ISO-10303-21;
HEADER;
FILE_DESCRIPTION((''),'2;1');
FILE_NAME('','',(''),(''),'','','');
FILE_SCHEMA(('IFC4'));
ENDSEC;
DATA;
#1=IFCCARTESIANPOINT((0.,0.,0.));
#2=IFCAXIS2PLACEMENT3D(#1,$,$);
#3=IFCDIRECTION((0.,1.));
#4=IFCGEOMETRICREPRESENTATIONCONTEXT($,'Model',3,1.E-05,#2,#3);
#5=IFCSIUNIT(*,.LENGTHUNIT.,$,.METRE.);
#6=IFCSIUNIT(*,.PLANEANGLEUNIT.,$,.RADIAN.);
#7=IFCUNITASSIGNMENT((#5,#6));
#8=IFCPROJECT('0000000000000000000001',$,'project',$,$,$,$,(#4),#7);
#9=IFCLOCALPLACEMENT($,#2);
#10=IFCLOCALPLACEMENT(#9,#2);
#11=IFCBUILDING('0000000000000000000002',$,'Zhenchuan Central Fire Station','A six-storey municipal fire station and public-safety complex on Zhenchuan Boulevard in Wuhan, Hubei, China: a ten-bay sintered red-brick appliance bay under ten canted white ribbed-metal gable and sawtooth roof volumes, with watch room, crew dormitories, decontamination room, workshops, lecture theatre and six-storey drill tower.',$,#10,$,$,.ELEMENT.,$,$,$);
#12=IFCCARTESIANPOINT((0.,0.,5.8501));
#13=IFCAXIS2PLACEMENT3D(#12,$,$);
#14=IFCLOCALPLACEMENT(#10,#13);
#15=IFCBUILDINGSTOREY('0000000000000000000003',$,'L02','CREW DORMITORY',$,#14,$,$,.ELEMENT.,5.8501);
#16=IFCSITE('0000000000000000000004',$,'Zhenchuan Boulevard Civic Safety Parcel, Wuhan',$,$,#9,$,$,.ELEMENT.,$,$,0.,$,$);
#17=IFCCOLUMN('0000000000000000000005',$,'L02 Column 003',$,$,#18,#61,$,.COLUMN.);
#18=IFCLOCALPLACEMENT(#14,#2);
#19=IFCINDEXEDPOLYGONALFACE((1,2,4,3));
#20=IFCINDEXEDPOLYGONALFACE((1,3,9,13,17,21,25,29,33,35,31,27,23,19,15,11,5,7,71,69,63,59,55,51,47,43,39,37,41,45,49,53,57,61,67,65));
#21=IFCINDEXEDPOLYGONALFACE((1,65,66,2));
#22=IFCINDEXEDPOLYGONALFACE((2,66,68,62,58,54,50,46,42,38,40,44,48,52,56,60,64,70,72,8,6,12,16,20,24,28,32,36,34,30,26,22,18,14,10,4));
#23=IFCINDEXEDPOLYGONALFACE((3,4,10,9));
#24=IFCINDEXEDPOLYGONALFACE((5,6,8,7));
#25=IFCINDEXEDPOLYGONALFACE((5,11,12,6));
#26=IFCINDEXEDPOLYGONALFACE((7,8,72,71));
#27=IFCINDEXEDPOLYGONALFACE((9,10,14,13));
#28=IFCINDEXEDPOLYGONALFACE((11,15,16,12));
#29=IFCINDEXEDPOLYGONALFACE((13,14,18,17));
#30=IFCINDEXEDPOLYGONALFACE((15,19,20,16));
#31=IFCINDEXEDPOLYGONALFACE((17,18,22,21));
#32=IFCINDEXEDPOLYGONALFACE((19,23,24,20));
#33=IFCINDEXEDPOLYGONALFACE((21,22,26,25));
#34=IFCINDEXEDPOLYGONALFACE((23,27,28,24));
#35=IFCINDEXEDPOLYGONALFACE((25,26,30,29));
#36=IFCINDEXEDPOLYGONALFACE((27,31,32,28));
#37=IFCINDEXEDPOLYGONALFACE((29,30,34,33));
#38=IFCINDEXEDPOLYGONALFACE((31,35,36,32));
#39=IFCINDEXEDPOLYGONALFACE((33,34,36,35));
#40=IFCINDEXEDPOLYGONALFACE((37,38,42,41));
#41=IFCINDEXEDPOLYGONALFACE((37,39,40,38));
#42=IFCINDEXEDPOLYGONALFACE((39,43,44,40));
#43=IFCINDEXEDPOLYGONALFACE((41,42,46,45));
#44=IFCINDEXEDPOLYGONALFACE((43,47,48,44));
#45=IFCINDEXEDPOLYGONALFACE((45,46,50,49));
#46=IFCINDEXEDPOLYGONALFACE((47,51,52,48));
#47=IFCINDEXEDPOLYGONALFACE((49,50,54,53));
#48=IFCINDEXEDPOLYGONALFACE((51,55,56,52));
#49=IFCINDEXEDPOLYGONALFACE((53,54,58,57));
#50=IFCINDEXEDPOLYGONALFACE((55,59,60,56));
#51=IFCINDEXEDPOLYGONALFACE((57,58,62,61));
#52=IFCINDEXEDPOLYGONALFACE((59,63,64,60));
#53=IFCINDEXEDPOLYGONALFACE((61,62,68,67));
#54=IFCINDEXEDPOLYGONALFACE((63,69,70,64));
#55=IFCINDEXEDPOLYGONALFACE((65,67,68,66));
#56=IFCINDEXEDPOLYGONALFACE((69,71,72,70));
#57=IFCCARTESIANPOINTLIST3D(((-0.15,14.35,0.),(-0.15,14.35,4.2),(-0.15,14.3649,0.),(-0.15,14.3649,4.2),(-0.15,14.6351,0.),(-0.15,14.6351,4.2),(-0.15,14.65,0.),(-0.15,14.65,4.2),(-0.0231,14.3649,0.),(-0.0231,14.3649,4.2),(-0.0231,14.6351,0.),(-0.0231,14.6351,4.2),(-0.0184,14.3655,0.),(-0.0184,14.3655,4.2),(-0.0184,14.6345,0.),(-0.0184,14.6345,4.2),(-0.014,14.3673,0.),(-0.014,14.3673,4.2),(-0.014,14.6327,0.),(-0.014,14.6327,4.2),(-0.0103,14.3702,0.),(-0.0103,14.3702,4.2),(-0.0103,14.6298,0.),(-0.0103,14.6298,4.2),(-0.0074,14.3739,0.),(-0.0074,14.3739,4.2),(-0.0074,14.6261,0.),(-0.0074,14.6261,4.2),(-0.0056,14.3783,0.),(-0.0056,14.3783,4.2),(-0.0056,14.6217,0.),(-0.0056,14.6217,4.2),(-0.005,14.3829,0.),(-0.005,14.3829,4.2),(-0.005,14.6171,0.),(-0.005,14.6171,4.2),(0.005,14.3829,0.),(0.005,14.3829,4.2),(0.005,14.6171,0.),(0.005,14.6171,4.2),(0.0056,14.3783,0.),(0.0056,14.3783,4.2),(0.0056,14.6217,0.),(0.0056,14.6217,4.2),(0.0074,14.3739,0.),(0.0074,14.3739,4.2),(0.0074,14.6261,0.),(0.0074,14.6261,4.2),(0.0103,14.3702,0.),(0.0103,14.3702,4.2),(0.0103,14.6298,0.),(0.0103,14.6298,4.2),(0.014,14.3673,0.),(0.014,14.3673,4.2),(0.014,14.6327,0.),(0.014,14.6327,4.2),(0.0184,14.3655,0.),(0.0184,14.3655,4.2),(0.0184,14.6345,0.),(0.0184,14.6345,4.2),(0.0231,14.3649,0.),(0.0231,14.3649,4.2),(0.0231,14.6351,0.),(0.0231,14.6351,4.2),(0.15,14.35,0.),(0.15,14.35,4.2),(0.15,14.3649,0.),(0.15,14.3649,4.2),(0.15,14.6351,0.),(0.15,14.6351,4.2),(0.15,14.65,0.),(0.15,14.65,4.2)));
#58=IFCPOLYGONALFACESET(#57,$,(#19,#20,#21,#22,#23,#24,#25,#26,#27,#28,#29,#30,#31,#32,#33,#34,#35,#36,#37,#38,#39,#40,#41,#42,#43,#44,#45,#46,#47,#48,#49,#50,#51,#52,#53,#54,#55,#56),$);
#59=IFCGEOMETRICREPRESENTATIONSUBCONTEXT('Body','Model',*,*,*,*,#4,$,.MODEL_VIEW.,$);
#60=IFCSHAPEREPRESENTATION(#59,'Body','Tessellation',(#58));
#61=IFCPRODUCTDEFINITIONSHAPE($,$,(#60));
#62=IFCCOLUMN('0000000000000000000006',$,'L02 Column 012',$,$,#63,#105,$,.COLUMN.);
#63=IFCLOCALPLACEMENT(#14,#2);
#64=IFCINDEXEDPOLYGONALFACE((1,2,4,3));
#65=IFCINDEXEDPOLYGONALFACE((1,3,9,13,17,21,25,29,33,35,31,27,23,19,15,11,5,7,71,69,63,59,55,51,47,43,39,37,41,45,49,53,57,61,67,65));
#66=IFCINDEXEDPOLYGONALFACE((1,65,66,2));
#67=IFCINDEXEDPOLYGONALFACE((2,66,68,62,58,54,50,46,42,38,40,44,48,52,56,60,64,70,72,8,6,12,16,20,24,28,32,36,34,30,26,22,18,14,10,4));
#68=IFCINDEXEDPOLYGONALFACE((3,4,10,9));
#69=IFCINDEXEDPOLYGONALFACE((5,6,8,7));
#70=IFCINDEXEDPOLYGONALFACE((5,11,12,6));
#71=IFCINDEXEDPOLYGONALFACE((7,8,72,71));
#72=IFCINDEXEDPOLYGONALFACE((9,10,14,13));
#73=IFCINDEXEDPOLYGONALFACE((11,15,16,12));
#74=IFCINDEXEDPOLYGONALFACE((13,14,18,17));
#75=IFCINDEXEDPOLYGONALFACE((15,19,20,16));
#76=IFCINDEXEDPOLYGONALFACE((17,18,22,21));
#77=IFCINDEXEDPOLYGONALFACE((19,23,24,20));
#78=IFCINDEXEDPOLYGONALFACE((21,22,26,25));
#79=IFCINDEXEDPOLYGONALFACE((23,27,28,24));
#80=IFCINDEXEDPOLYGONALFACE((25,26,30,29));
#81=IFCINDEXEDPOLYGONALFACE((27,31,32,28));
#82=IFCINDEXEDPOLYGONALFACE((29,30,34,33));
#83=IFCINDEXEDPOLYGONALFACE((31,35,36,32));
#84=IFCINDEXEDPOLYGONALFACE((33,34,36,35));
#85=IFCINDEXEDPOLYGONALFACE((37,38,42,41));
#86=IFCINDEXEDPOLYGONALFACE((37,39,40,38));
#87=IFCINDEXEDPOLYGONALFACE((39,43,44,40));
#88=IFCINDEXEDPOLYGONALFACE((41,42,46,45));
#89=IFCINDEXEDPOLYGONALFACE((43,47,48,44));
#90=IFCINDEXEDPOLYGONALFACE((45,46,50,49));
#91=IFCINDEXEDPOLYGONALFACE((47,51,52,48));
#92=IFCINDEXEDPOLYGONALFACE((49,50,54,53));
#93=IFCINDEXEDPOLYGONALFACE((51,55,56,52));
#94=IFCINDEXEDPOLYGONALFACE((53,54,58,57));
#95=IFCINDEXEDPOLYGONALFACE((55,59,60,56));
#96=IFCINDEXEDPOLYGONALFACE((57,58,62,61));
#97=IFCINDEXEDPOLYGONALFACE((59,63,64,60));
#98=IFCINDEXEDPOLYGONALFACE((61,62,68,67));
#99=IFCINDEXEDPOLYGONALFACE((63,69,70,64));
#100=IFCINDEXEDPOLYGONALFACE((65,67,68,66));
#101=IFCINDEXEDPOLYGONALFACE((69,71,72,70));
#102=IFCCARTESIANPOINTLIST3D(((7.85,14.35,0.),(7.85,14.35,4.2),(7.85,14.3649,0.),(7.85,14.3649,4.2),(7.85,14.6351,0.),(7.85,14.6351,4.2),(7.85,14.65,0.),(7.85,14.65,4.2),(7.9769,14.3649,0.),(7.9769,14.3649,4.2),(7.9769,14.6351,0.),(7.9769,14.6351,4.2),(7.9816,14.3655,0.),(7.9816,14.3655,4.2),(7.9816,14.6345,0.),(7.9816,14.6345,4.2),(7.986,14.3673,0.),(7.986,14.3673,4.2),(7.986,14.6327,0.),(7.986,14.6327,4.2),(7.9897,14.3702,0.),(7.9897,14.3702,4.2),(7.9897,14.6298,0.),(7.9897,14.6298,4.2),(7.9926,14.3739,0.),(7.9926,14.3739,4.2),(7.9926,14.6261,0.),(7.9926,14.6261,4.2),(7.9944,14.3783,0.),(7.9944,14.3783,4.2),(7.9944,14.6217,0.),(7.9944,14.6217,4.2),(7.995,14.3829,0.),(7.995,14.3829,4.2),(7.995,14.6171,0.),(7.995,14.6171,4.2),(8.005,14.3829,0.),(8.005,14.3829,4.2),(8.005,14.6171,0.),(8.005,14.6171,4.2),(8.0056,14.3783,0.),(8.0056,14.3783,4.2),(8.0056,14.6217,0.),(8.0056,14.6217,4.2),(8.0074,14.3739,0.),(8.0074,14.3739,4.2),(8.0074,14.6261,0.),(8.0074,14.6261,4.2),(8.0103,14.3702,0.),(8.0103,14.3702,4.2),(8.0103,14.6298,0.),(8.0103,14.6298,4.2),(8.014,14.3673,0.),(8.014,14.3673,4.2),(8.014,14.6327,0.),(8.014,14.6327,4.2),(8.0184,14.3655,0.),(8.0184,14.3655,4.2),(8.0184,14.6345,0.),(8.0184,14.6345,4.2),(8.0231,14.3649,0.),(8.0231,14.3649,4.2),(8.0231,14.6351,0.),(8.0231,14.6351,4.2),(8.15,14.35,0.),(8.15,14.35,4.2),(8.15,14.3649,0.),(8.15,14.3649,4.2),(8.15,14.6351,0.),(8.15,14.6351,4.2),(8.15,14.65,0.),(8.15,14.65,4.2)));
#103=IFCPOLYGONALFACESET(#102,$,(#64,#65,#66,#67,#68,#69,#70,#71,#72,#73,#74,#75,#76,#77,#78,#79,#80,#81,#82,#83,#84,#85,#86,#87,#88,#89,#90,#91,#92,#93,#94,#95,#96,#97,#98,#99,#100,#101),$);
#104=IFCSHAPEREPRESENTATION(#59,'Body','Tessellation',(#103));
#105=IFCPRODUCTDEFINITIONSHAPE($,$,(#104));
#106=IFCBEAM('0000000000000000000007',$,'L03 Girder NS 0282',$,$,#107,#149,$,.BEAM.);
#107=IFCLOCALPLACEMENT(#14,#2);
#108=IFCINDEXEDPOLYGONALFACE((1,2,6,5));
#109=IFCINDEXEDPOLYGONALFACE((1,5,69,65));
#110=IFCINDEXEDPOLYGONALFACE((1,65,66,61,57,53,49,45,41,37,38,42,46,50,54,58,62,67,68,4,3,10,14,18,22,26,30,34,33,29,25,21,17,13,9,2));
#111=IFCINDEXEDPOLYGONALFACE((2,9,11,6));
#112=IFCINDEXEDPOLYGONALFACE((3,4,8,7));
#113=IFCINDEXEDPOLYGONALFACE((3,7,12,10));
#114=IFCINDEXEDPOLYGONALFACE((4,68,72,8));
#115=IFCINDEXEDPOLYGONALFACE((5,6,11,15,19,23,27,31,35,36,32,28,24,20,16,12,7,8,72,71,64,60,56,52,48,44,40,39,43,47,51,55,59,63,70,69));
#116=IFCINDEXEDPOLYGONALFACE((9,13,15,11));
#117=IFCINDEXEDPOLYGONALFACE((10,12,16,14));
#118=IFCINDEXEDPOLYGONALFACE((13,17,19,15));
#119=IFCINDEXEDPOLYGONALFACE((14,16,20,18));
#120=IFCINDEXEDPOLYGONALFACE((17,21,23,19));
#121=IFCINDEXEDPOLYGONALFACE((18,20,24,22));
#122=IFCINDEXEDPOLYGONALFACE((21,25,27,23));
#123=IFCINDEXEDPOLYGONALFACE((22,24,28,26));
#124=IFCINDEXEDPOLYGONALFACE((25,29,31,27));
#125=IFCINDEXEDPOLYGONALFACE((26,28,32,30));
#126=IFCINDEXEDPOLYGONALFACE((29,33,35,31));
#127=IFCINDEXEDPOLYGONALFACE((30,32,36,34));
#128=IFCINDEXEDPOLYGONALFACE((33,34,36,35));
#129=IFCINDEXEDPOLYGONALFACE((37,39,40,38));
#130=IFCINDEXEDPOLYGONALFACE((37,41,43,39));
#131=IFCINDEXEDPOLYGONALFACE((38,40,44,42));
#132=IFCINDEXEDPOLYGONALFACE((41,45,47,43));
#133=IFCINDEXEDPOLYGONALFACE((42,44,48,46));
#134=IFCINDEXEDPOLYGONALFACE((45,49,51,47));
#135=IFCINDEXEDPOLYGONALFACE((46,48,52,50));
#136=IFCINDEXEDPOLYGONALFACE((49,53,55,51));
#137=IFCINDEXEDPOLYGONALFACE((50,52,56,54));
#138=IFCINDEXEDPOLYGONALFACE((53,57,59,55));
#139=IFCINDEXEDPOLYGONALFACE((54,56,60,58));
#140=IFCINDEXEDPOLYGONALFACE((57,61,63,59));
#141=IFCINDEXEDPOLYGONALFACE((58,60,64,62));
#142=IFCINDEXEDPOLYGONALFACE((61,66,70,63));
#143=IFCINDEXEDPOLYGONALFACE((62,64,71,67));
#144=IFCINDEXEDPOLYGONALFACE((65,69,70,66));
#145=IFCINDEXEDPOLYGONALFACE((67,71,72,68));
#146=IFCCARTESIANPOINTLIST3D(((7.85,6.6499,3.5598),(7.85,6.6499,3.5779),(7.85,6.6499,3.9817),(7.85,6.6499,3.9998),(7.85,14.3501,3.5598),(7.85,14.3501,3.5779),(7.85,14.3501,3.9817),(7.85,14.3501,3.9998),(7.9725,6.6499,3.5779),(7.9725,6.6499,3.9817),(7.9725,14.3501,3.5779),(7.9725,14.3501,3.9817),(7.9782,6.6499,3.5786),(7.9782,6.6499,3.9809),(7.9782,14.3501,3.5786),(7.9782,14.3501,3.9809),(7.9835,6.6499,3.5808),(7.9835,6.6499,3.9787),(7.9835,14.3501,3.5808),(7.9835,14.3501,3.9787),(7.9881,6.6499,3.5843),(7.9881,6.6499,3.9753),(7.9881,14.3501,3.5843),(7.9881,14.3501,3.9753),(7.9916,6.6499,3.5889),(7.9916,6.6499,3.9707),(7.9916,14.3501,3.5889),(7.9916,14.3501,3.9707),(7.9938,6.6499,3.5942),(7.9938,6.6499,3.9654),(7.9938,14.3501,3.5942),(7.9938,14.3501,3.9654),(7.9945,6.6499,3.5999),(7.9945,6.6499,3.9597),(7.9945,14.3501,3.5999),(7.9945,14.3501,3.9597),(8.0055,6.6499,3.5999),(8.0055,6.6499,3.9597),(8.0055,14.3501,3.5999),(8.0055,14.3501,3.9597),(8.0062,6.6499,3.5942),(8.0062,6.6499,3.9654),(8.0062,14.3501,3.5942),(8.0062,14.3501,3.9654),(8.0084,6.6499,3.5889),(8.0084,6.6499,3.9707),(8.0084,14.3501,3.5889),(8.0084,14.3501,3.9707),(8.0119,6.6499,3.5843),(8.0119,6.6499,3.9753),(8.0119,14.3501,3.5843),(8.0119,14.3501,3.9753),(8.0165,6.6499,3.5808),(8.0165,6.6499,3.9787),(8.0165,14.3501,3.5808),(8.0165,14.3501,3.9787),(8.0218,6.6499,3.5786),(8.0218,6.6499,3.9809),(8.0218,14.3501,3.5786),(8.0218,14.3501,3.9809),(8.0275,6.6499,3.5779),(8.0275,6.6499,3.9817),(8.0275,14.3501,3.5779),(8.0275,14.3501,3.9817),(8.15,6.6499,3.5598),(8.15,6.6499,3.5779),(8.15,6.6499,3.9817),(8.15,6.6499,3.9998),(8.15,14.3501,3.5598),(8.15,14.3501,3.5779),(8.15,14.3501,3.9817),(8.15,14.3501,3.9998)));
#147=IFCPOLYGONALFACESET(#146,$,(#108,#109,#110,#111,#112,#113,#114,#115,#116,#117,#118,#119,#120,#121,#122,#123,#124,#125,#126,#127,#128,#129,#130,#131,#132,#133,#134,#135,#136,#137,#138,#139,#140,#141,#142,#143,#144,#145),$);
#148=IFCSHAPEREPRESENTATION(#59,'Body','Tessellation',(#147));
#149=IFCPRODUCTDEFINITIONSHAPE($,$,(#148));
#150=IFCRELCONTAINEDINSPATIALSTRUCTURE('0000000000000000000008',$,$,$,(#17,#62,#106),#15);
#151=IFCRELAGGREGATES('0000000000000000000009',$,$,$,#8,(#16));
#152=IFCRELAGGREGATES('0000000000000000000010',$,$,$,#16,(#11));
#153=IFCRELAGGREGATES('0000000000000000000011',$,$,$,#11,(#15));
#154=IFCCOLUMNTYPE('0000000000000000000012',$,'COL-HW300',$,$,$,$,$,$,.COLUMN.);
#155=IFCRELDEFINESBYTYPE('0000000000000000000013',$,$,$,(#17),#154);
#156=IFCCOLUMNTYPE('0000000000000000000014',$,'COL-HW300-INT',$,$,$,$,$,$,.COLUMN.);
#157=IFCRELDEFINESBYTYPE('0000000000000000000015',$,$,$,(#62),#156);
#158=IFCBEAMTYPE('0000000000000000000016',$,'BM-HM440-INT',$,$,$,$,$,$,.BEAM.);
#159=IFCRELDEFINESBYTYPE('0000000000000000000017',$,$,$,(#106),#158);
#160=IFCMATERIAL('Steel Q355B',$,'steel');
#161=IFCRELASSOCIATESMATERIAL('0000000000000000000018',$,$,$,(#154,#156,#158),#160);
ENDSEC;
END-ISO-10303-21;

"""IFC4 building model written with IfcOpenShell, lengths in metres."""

from ifc_helpers import new_model, si_unit, direction, frame, origin, origin_2d, place, context, subcontext, project, spatial, i_section, extrude, material, material_profile, profile_set, type_object, element, save


model = new_model("IFC4")

# Units and contexts
model_context = context("Model", 3, precision=1e-05, world=origin(), true_north=direction((0.0, 1.0)))
body_context = subcontext(model_context, "Body", "Model", "MODEL_VIEW")
ifc_project = project(units=[si_unit("LENGTHUNIT", "METRE"), si_unit("PLANEANGLEUNIT", "RADIAN")], contexts=[model_context])

# Site, building, storey
site_placement = place(None, origin())
site = spatial("IfcSite", under=ifc_project, at=site_placement, Name="Zhenchuan Boulevard Civic Safety Parcel, Wuhan", CompositionType="ELEMENT", RefElevation=0.0)
building_placement = place(site_placement, origin())
building = spatial("IfcBuilding", under=site, at=building_placement, Name="Zhenchuan Central Fire Station", Description="A six-storey municipal fire station and public-safety complex on Zhenchuan Boulevard in Wuhan, Hubei, China: a ten-bay sintered red-brick appliance bay under ten canted white ribbed-metal gable and sawtooth roof volumes, with watch room, crew dormitories, decontamination room, workshops, lecture theatre and six-storey drill tower.", CompositionType="ELEMENT")
storey_placement = place(building_placement, frame((0.0, 0.0, 5.8501)))
storey = spatial("IfcBuildingStorey", under=building, at=storey_placement, Name="L02", Description="CREW DORMITORY", CompositionType="ELEMENT", Elevation=5.8501)

# Columns
ifc_material_1 = material(Name="Steel Q355B", Category="steel")
ifc_material_profile_1 = material_profile(ifc_material_1, i_section(OverallWidth=0.3, OverallDepth=0.3, WebThickness=0.01, FlangeThickness=0.0149, FilletRadius=0.0181, at=origin_2d()), Name="HW 300x300")
ifc_profile_set_1 = profile_set([ifc_material_profile_1], Name="Steel Q355B")
column_type_1 = type_object("IfcColumnType", Name="COL-HW300", PredefinedType="COLUMN", material=ifc_profile_set_1)
column_1_placement = place(storey_placement, frame((0.0, 14.5, 0.0), z_axis=(0.0, 0.0, 1.0), x_axis=(1.0, 0.0, 0.0)))
element("IfcColumn", 1, at=column_1_placement, inside=storey, type_object=column_type_1, Name="L02 Column 003", PredefinedType="COLUMN", context=body_context, shape_type="SweptSolid", body=[
    extrude(i_section(OverallWidth=0.3, OverallDepth=0.3, WebThickness=0.01, FlangeThickness=0.0149, FilletRadius=0.0181, at=origin_2d()), origin(), (0.0, 0.0, 1.0), 4.2),
])
ifc_material_profile_2 = material_profile(ifc_material_1, i_section(OverallWidth=0.3, OverallDepth=0.3, WebThickness=0.01, FlangeThickness=0.0149, FilletRadius=0.0181, at=origin_2d()), Name="HW 300x300")
ifc_profile_set_2 = profile_set([ifc_material_profile_2], Name="Steel Q355B")
column_type_2 = type_object("IfcColumnType", Name="COL-HW300-INT", PredefinedType="COLUMN", material=ifc_profile_set_2)
column_2_placement = place(storey_placement, frame((8.0, 14.5, 0.0), z_axis=(0.0, 0.0, 1.0), x_axis=(1.0, 0.0, 0.0)))
element("IfcColumn", 2, at=column_2_placement, inside=storey, type_object=column_type_2, Name="L02 Column 012", PredefinedType="COLUMN", context=body_context, shape_type="SweptSolid", body=[
    extrude(i_section(OverallWidth=0.3, OverallDepth=0.3, WebThickness=0.01, FlangeThickness=0.0149, FilletRadius=0.0181, at=origin_2d()), origin(), (0.0, 0.0, 1.0), 4.2),
])

# Beam
ifc_material_profile_3 = material_profile(ifc_material_1, i_section(OverallWidth=0.3, OverallDepth=0.4399, WebThickness=0.011, FlangeThickness=0.0181, FilletRadius=0.022, at=origin_2d()), Name="HM 440x300")
ifc_profile_set_3 = profile_set([ifc_material_profile_3], Name="Steel Q355B")
beam_type_1 = type_object("IfcBeamType", Name="BM-HM440-INT", PredefinedType="BEAM", material=ifc_profile_set_3)
beam_1_placement = place(storey_placement, frame((8.0, 6.6499, 3.7798), z_axis=(0.0, 1.0, 0.0), x_axis=(-1.0, 0.0, 0.0)))
element("IfcBeam", 3, at=beam_1_placement, inside=storey, type_object=beam_type_1, Name="L03 Girder NS 0282", PredefinedType="BEAM", context=body_context, shape_type="SweptSolid", body=[
    extrude(i_section(OverallWidth=0.3, OverallDepth=0.4399, WebThickness=0.011, FlangeThickness=0.0181, FilletRadius=0.022, at=origin_2d()), origin(), (0.0, 0.0, 1.0), 7.7002),
])

save(model, "model.ifc")
